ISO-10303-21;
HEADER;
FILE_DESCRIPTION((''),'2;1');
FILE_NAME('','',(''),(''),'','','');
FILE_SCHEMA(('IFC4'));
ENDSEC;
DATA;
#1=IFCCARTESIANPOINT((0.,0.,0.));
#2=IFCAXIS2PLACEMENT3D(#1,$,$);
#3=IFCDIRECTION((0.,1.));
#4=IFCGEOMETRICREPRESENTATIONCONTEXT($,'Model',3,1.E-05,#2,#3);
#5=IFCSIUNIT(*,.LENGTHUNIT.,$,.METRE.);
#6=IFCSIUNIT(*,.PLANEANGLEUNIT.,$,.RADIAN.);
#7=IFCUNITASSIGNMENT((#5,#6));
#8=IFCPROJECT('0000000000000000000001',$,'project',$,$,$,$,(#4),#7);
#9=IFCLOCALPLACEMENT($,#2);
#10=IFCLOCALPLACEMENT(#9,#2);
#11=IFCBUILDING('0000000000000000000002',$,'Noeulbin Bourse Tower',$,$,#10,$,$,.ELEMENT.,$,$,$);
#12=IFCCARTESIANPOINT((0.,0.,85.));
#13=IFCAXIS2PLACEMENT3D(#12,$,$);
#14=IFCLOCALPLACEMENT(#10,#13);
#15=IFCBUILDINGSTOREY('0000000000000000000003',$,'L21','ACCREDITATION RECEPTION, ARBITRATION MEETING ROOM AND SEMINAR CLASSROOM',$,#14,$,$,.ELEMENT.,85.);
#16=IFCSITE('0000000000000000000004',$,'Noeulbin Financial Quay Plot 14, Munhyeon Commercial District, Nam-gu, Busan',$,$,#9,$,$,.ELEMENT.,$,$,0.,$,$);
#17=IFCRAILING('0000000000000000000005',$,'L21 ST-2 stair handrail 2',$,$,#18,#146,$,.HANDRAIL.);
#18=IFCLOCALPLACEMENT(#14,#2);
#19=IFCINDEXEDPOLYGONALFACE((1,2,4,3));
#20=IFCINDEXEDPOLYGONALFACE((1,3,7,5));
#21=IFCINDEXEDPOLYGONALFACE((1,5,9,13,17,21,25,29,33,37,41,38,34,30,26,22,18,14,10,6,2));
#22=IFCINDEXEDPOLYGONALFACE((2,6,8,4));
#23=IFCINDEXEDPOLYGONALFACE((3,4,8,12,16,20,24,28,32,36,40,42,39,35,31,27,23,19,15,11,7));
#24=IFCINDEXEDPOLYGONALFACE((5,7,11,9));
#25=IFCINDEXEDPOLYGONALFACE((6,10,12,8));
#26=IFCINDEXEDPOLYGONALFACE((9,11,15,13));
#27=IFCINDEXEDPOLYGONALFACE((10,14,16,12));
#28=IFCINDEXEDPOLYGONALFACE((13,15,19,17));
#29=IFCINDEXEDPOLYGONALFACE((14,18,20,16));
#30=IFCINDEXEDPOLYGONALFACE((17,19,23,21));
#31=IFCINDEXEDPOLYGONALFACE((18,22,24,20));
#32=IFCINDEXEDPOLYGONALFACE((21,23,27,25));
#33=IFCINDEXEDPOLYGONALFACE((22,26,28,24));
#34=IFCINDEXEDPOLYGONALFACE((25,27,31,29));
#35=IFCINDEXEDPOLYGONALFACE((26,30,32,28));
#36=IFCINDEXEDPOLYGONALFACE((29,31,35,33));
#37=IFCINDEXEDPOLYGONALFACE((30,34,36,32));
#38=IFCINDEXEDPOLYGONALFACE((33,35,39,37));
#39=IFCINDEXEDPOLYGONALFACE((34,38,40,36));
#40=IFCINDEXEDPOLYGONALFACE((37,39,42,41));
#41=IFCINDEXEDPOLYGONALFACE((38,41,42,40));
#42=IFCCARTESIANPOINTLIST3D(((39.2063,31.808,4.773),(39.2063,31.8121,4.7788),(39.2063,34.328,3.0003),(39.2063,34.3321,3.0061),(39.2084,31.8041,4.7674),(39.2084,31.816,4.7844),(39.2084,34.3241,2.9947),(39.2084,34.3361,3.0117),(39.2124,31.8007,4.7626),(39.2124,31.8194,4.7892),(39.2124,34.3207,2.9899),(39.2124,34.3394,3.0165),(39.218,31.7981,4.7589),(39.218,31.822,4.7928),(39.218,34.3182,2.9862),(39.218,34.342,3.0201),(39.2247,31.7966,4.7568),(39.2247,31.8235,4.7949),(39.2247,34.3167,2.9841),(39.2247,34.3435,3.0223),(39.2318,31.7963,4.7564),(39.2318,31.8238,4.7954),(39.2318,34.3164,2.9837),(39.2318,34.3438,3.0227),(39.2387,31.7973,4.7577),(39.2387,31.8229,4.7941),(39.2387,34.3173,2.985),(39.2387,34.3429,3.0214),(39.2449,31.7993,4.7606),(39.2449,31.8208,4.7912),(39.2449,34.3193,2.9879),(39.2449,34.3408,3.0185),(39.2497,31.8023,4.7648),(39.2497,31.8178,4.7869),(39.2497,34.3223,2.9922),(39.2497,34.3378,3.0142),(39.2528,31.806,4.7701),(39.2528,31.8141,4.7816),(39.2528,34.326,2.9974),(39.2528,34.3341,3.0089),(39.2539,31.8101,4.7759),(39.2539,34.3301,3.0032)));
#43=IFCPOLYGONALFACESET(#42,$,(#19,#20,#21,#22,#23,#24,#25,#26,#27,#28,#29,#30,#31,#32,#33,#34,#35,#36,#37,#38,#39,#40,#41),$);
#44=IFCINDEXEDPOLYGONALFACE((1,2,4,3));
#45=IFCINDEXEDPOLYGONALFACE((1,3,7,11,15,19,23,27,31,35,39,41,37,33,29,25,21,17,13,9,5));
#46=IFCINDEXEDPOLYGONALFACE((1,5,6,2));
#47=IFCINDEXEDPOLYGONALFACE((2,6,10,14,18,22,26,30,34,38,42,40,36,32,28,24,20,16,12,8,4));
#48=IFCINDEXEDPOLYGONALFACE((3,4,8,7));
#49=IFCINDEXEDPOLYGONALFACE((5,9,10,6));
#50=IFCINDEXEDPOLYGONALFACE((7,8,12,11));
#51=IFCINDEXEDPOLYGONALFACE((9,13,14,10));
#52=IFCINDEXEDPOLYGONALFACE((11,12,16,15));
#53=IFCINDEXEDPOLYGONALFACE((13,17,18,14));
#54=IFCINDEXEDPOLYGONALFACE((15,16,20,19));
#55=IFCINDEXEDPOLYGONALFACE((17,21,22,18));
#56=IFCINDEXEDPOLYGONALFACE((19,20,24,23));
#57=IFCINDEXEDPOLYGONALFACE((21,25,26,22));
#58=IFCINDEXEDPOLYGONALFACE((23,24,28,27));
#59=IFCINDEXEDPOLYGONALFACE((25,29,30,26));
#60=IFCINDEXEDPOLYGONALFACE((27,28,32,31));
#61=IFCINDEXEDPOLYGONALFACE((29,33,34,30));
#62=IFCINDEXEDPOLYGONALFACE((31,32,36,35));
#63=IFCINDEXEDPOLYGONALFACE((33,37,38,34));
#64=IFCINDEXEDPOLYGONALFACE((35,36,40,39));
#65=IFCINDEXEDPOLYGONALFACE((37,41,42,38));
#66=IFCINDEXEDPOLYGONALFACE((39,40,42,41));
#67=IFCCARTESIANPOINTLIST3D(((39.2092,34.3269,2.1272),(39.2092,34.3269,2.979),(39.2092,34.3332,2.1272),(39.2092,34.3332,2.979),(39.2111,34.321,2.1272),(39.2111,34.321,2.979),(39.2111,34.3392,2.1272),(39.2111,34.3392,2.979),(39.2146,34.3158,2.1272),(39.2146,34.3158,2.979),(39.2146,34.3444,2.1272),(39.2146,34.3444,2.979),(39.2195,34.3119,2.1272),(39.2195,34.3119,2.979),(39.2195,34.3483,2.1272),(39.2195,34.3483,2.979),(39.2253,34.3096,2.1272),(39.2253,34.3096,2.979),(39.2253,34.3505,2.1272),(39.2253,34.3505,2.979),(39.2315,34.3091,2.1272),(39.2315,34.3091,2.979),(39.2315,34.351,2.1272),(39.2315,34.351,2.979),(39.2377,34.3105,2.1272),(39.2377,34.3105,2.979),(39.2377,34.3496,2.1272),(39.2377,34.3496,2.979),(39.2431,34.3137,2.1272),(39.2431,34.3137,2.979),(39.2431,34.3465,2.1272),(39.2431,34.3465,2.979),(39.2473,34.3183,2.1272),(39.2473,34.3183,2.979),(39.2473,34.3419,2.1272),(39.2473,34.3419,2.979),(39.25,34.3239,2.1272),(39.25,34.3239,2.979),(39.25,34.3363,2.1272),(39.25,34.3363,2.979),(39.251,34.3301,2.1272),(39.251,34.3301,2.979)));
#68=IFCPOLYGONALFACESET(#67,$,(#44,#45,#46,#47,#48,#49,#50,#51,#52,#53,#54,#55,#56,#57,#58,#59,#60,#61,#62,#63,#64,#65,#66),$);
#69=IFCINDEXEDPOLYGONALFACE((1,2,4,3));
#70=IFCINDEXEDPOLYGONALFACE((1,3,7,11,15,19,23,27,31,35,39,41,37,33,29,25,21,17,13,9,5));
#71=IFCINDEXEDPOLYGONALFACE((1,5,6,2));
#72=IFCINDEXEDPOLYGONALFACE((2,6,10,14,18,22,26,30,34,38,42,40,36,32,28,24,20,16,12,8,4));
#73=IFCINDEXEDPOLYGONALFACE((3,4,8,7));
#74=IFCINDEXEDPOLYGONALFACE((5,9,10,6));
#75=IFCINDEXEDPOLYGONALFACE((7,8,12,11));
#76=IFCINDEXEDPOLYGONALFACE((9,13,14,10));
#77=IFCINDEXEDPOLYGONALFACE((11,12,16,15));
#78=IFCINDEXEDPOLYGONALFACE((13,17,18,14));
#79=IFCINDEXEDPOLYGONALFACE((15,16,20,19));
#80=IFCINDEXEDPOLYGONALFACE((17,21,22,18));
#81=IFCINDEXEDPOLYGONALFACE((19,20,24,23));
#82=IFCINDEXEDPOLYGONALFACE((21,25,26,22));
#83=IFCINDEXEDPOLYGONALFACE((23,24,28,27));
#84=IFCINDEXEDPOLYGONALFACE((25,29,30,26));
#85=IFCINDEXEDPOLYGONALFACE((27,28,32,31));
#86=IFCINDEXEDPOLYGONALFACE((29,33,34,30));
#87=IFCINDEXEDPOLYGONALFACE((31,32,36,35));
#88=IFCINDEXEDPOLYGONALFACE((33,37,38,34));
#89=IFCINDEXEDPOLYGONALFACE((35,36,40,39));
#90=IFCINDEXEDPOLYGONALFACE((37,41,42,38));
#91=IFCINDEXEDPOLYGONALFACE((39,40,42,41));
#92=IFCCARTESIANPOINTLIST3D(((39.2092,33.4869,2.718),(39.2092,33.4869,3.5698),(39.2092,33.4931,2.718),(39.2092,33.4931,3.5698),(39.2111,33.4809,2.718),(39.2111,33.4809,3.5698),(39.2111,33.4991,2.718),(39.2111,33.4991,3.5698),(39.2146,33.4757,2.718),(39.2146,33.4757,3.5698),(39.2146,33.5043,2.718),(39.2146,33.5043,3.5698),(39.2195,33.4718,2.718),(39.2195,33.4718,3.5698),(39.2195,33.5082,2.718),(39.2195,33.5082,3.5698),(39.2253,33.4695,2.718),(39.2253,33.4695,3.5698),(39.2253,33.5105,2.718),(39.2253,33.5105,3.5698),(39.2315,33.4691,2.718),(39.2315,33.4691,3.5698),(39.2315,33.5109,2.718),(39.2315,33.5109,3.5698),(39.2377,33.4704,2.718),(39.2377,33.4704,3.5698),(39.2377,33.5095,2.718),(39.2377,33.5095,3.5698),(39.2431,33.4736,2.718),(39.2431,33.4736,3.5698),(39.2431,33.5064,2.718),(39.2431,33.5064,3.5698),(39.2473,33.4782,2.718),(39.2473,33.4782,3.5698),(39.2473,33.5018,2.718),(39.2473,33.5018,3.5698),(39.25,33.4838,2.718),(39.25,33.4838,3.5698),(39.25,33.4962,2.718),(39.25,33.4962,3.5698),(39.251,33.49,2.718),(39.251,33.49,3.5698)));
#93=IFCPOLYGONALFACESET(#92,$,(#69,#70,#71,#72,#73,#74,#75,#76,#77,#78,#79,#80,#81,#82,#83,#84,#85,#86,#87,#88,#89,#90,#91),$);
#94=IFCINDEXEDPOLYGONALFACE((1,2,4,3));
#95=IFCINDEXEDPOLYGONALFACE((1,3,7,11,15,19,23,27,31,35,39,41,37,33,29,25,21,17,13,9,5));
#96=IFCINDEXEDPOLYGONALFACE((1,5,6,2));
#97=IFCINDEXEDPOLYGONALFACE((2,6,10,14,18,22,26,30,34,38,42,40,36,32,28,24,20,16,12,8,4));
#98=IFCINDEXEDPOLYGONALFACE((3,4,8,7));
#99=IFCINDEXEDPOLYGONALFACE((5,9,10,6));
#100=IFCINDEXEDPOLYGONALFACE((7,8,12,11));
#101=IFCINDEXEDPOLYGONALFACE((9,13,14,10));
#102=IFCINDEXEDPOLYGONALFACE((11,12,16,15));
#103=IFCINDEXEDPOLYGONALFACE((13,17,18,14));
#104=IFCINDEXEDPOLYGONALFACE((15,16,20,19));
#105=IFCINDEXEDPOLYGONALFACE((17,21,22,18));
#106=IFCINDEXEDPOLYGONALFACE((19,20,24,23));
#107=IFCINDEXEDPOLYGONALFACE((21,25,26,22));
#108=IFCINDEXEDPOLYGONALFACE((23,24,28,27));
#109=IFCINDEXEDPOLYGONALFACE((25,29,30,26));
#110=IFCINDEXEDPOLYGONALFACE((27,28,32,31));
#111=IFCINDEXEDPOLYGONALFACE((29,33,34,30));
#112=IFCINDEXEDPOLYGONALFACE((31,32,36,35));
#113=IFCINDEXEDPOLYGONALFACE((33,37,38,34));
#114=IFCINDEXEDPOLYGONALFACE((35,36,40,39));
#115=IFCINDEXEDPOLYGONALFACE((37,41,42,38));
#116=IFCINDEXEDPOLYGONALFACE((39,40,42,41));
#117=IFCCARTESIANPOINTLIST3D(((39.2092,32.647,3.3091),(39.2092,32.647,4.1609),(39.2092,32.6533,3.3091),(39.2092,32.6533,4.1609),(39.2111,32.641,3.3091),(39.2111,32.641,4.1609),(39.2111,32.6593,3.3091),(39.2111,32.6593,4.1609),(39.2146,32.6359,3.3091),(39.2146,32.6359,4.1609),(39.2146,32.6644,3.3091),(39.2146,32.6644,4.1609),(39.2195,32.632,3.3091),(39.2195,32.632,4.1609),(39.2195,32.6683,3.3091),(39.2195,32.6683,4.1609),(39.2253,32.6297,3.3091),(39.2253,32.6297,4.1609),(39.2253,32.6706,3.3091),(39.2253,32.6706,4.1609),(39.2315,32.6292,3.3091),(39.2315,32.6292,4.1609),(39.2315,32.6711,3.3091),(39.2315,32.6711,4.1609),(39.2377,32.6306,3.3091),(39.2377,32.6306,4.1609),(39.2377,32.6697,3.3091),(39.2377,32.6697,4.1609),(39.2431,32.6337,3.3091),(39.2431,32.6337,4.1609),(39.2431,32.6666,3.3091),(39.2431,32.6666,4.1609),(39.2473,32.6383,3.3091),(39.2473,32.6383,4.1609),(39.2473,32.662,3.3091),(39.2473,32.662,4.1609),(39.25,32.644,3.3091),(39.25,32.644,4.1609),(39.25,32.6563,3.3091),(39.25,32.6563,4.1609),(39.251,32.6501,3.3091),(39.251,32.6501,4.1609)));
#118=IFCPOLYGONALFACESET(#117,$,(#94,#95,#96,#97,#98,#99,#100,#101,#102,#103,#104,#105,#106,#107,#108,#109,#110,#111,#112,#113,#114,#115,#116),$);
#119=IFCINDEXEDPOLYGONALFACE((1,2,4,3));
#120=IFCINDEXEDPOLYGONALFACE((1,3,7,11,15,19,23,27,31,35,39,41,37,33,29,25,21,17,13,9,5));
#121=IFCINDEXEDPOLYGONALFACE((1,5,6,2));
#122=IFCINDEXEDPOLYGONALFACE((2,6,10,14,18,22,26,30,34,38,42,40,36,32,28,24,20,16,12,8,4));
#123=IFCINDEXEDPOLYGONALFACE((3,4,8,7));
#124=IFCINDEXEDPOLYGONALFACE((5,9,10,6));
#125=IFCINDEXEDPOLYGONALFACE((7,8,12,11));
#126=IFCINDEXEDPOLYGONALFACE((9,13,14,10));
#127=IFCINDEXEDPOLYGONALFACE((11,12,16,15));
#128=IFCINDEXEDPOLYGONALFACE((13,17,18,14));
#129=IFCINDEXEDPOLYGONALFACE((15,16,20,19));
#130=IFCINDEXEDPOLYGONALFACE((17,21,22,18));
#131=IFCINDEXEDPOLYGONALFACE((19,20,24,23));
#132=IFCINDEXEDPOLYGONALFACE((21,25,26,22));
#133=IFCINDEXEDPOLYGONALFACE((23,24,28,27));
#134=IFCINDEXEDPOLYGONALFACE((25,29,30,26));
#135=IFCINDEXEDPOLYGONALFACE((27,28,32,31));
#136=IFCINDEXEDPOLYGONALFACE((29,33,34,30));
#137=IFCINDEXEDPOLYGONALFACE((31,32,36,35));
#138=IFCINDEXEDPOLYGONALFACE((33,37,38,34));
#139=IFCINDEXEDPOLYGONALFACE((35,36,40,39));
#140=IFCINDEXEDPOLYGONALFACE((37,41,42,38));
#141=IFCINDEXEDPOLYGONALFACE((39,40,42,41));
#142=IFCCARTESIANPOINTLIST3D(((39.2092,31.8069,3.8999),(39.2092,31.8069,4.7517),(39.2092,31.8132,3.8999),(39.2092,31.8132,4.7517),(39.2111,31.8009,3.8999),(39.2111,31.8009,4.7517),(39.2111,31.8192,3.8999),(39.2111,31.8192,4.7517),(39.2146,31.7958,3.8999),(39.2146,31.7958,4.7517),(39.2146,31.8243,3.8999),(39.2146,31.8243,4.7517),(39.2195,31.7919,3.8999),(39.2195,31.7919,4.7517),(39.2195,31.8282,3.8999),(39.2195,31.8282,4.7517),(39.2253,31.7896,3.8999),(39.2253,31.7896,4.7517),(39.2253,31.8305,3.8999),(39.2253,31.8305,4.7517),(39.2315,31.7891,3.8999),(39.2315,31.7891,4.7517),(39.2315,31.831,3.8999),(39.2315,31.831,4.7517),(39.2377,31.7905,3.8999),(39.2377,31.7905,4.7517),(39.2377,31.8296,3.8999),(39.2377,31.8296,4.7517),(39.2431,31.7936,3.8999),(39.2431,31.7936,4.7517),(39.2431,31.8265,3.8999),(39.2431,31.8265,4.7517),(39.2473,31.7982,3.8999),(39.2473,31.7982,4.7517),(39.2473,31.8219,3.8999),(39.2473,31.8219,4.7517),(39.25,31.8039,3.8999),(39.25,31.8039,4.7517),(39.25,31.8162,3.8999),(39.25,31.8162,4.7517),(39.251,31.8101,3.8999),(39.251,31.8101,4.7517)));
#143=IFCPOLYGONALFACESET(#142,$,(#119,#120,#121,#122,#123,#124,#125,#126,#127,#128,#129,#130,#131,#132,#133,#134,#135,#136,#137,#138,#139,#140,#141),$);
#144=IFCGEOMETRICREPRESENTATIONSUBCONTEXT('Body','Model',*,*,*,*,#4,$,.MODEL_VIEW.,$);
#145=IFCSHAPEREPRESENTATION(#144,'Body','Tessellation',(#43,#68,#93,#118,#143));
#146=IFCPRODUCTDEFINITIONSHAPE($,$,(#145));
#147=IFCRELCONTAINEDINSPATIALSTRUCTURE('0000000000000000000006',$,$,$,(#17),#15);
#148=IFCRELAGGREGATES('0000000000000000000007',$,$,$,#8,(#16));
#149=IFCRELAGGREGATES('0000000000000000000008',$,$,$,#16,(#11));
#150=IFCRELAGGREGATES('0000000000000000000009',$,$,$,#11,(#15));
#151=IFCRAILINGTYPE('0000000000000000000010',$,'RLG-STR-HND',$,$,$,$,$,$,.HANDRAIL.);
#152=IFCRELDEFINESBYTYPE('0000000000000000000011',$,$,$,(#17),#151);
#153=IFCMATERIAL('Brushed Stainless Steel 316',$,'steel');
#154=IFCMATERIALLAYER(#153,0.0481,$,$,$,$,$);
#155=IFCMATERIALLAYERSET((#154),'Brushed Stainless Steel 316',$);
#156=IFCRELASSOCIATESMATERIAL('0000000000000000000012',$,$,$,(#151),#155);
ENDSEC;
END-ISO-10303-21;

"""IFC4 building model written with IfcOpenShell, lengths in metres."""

from ifc_helpers import new_model, si_unit, direction, frame, origin, origin_2d, place, context, subcontext, project, spatial, circle, extrude, material, layer, layer_set, type_object, element, save


model = new_model("IFC4")

# Units and contexts
model_context = context("Model", 3, precision=1e-05, world=origin(), true_north=direction((0.0, 1.0)))
body_context = subcontext(model_context, "Body", "Model", "MODEL_VIEW")
ifc_project = project(units=[si_unit("LENGTHUNIT", "METRE"), si_unit("PLANEANGLEUNIT", "RADIAN")], contexts=[model_context])

# Site, building, storey
site_placement = place(None, origin())
site = spatial("IfcSite", under=ifc_project, at=site_placement, Name="Noeulbin Financial Quay Plot 14, Munhyeon Commercial District, Nam-gu, Busan", CompositionType="ELEMENT", RefElevation=0.0)
building_placement = place(site_placement, origin())
building = spatial("IfcBuilding", under=site, at=building_placement, Name="Noeulbin Bourse Tower", CompositionType="ELEMENT")
storey_placement = place(building_placement, frame((0.0, 0.0, 85.0)))
storey = spatial("IfcBuildingStorey", under=building, at=storey_placement, Name="L21", Description="ACCREDITATION RECEPTION, ARBITRATION MEETING ROOM AND SEMINAR CLASSROOM", CompositionType="ELEMENT", Elevation=85.0)

# Shared definitions
ifc_material_1 = material(Name="Brushed Stainless Steel 316", Category="steel")

# Railing
ifc_layer_1 = layer(ifc_material_1, 0.0481)
ifc_layer_set_1 = layer_set([ifc_layer_1], Name="Brushed Stainless Steel 316")
railing_type_1 = type_object("IfcRailingType", Name="RLG-STR-HND", PredefinedType="HANDRAIL", material=ifc_layer_set_1)
railing_1_placement = place(storey_placement, frame((39.23, 34.3301, 2.1272)))
element("IfcRailing", 1, at=railing_1_placement, inside=storey, type_object=railing_type_1, Name="L21 ST-2 stair handrail 2", PredefinedType="HANDRAIL", context=body_context, shape_type="SweptSolid", body=[
    extrude(circle(Radius=0.0239, at=origin_2d()), frame((0.0, 0.0, 0.876), z_axis=(0.0, -0.817904, 0.575354), x_axis=(1.0, 0.0, 0.0)), (0.0, 0.0, 1.0), 3.0811),
    extrude(circle(Radius=0.021, at=origin_2d()), origin(), (0.0, 0.0, 1.0), 0.8518),
    extrude(circle(Radius=0.021, at=origin_2d()), frame((0.0, -0.8401, 0.5908)), (0.0, 0.0, 1.0), 0.8518),
    extrude(circle(Radius=0.021, at=origin_2d()), frame((0.0, -1.6799, 1.1819)), (0.0, 0.0, 1.0), 0.8518),
    extrude(circle(Radius=0.021, at=origin_2d()), frame((0.0, -2.52, 1.7727)), (0.0, 0.0, 1.0), 0.8518),
])

save(model, "model.ifc")
